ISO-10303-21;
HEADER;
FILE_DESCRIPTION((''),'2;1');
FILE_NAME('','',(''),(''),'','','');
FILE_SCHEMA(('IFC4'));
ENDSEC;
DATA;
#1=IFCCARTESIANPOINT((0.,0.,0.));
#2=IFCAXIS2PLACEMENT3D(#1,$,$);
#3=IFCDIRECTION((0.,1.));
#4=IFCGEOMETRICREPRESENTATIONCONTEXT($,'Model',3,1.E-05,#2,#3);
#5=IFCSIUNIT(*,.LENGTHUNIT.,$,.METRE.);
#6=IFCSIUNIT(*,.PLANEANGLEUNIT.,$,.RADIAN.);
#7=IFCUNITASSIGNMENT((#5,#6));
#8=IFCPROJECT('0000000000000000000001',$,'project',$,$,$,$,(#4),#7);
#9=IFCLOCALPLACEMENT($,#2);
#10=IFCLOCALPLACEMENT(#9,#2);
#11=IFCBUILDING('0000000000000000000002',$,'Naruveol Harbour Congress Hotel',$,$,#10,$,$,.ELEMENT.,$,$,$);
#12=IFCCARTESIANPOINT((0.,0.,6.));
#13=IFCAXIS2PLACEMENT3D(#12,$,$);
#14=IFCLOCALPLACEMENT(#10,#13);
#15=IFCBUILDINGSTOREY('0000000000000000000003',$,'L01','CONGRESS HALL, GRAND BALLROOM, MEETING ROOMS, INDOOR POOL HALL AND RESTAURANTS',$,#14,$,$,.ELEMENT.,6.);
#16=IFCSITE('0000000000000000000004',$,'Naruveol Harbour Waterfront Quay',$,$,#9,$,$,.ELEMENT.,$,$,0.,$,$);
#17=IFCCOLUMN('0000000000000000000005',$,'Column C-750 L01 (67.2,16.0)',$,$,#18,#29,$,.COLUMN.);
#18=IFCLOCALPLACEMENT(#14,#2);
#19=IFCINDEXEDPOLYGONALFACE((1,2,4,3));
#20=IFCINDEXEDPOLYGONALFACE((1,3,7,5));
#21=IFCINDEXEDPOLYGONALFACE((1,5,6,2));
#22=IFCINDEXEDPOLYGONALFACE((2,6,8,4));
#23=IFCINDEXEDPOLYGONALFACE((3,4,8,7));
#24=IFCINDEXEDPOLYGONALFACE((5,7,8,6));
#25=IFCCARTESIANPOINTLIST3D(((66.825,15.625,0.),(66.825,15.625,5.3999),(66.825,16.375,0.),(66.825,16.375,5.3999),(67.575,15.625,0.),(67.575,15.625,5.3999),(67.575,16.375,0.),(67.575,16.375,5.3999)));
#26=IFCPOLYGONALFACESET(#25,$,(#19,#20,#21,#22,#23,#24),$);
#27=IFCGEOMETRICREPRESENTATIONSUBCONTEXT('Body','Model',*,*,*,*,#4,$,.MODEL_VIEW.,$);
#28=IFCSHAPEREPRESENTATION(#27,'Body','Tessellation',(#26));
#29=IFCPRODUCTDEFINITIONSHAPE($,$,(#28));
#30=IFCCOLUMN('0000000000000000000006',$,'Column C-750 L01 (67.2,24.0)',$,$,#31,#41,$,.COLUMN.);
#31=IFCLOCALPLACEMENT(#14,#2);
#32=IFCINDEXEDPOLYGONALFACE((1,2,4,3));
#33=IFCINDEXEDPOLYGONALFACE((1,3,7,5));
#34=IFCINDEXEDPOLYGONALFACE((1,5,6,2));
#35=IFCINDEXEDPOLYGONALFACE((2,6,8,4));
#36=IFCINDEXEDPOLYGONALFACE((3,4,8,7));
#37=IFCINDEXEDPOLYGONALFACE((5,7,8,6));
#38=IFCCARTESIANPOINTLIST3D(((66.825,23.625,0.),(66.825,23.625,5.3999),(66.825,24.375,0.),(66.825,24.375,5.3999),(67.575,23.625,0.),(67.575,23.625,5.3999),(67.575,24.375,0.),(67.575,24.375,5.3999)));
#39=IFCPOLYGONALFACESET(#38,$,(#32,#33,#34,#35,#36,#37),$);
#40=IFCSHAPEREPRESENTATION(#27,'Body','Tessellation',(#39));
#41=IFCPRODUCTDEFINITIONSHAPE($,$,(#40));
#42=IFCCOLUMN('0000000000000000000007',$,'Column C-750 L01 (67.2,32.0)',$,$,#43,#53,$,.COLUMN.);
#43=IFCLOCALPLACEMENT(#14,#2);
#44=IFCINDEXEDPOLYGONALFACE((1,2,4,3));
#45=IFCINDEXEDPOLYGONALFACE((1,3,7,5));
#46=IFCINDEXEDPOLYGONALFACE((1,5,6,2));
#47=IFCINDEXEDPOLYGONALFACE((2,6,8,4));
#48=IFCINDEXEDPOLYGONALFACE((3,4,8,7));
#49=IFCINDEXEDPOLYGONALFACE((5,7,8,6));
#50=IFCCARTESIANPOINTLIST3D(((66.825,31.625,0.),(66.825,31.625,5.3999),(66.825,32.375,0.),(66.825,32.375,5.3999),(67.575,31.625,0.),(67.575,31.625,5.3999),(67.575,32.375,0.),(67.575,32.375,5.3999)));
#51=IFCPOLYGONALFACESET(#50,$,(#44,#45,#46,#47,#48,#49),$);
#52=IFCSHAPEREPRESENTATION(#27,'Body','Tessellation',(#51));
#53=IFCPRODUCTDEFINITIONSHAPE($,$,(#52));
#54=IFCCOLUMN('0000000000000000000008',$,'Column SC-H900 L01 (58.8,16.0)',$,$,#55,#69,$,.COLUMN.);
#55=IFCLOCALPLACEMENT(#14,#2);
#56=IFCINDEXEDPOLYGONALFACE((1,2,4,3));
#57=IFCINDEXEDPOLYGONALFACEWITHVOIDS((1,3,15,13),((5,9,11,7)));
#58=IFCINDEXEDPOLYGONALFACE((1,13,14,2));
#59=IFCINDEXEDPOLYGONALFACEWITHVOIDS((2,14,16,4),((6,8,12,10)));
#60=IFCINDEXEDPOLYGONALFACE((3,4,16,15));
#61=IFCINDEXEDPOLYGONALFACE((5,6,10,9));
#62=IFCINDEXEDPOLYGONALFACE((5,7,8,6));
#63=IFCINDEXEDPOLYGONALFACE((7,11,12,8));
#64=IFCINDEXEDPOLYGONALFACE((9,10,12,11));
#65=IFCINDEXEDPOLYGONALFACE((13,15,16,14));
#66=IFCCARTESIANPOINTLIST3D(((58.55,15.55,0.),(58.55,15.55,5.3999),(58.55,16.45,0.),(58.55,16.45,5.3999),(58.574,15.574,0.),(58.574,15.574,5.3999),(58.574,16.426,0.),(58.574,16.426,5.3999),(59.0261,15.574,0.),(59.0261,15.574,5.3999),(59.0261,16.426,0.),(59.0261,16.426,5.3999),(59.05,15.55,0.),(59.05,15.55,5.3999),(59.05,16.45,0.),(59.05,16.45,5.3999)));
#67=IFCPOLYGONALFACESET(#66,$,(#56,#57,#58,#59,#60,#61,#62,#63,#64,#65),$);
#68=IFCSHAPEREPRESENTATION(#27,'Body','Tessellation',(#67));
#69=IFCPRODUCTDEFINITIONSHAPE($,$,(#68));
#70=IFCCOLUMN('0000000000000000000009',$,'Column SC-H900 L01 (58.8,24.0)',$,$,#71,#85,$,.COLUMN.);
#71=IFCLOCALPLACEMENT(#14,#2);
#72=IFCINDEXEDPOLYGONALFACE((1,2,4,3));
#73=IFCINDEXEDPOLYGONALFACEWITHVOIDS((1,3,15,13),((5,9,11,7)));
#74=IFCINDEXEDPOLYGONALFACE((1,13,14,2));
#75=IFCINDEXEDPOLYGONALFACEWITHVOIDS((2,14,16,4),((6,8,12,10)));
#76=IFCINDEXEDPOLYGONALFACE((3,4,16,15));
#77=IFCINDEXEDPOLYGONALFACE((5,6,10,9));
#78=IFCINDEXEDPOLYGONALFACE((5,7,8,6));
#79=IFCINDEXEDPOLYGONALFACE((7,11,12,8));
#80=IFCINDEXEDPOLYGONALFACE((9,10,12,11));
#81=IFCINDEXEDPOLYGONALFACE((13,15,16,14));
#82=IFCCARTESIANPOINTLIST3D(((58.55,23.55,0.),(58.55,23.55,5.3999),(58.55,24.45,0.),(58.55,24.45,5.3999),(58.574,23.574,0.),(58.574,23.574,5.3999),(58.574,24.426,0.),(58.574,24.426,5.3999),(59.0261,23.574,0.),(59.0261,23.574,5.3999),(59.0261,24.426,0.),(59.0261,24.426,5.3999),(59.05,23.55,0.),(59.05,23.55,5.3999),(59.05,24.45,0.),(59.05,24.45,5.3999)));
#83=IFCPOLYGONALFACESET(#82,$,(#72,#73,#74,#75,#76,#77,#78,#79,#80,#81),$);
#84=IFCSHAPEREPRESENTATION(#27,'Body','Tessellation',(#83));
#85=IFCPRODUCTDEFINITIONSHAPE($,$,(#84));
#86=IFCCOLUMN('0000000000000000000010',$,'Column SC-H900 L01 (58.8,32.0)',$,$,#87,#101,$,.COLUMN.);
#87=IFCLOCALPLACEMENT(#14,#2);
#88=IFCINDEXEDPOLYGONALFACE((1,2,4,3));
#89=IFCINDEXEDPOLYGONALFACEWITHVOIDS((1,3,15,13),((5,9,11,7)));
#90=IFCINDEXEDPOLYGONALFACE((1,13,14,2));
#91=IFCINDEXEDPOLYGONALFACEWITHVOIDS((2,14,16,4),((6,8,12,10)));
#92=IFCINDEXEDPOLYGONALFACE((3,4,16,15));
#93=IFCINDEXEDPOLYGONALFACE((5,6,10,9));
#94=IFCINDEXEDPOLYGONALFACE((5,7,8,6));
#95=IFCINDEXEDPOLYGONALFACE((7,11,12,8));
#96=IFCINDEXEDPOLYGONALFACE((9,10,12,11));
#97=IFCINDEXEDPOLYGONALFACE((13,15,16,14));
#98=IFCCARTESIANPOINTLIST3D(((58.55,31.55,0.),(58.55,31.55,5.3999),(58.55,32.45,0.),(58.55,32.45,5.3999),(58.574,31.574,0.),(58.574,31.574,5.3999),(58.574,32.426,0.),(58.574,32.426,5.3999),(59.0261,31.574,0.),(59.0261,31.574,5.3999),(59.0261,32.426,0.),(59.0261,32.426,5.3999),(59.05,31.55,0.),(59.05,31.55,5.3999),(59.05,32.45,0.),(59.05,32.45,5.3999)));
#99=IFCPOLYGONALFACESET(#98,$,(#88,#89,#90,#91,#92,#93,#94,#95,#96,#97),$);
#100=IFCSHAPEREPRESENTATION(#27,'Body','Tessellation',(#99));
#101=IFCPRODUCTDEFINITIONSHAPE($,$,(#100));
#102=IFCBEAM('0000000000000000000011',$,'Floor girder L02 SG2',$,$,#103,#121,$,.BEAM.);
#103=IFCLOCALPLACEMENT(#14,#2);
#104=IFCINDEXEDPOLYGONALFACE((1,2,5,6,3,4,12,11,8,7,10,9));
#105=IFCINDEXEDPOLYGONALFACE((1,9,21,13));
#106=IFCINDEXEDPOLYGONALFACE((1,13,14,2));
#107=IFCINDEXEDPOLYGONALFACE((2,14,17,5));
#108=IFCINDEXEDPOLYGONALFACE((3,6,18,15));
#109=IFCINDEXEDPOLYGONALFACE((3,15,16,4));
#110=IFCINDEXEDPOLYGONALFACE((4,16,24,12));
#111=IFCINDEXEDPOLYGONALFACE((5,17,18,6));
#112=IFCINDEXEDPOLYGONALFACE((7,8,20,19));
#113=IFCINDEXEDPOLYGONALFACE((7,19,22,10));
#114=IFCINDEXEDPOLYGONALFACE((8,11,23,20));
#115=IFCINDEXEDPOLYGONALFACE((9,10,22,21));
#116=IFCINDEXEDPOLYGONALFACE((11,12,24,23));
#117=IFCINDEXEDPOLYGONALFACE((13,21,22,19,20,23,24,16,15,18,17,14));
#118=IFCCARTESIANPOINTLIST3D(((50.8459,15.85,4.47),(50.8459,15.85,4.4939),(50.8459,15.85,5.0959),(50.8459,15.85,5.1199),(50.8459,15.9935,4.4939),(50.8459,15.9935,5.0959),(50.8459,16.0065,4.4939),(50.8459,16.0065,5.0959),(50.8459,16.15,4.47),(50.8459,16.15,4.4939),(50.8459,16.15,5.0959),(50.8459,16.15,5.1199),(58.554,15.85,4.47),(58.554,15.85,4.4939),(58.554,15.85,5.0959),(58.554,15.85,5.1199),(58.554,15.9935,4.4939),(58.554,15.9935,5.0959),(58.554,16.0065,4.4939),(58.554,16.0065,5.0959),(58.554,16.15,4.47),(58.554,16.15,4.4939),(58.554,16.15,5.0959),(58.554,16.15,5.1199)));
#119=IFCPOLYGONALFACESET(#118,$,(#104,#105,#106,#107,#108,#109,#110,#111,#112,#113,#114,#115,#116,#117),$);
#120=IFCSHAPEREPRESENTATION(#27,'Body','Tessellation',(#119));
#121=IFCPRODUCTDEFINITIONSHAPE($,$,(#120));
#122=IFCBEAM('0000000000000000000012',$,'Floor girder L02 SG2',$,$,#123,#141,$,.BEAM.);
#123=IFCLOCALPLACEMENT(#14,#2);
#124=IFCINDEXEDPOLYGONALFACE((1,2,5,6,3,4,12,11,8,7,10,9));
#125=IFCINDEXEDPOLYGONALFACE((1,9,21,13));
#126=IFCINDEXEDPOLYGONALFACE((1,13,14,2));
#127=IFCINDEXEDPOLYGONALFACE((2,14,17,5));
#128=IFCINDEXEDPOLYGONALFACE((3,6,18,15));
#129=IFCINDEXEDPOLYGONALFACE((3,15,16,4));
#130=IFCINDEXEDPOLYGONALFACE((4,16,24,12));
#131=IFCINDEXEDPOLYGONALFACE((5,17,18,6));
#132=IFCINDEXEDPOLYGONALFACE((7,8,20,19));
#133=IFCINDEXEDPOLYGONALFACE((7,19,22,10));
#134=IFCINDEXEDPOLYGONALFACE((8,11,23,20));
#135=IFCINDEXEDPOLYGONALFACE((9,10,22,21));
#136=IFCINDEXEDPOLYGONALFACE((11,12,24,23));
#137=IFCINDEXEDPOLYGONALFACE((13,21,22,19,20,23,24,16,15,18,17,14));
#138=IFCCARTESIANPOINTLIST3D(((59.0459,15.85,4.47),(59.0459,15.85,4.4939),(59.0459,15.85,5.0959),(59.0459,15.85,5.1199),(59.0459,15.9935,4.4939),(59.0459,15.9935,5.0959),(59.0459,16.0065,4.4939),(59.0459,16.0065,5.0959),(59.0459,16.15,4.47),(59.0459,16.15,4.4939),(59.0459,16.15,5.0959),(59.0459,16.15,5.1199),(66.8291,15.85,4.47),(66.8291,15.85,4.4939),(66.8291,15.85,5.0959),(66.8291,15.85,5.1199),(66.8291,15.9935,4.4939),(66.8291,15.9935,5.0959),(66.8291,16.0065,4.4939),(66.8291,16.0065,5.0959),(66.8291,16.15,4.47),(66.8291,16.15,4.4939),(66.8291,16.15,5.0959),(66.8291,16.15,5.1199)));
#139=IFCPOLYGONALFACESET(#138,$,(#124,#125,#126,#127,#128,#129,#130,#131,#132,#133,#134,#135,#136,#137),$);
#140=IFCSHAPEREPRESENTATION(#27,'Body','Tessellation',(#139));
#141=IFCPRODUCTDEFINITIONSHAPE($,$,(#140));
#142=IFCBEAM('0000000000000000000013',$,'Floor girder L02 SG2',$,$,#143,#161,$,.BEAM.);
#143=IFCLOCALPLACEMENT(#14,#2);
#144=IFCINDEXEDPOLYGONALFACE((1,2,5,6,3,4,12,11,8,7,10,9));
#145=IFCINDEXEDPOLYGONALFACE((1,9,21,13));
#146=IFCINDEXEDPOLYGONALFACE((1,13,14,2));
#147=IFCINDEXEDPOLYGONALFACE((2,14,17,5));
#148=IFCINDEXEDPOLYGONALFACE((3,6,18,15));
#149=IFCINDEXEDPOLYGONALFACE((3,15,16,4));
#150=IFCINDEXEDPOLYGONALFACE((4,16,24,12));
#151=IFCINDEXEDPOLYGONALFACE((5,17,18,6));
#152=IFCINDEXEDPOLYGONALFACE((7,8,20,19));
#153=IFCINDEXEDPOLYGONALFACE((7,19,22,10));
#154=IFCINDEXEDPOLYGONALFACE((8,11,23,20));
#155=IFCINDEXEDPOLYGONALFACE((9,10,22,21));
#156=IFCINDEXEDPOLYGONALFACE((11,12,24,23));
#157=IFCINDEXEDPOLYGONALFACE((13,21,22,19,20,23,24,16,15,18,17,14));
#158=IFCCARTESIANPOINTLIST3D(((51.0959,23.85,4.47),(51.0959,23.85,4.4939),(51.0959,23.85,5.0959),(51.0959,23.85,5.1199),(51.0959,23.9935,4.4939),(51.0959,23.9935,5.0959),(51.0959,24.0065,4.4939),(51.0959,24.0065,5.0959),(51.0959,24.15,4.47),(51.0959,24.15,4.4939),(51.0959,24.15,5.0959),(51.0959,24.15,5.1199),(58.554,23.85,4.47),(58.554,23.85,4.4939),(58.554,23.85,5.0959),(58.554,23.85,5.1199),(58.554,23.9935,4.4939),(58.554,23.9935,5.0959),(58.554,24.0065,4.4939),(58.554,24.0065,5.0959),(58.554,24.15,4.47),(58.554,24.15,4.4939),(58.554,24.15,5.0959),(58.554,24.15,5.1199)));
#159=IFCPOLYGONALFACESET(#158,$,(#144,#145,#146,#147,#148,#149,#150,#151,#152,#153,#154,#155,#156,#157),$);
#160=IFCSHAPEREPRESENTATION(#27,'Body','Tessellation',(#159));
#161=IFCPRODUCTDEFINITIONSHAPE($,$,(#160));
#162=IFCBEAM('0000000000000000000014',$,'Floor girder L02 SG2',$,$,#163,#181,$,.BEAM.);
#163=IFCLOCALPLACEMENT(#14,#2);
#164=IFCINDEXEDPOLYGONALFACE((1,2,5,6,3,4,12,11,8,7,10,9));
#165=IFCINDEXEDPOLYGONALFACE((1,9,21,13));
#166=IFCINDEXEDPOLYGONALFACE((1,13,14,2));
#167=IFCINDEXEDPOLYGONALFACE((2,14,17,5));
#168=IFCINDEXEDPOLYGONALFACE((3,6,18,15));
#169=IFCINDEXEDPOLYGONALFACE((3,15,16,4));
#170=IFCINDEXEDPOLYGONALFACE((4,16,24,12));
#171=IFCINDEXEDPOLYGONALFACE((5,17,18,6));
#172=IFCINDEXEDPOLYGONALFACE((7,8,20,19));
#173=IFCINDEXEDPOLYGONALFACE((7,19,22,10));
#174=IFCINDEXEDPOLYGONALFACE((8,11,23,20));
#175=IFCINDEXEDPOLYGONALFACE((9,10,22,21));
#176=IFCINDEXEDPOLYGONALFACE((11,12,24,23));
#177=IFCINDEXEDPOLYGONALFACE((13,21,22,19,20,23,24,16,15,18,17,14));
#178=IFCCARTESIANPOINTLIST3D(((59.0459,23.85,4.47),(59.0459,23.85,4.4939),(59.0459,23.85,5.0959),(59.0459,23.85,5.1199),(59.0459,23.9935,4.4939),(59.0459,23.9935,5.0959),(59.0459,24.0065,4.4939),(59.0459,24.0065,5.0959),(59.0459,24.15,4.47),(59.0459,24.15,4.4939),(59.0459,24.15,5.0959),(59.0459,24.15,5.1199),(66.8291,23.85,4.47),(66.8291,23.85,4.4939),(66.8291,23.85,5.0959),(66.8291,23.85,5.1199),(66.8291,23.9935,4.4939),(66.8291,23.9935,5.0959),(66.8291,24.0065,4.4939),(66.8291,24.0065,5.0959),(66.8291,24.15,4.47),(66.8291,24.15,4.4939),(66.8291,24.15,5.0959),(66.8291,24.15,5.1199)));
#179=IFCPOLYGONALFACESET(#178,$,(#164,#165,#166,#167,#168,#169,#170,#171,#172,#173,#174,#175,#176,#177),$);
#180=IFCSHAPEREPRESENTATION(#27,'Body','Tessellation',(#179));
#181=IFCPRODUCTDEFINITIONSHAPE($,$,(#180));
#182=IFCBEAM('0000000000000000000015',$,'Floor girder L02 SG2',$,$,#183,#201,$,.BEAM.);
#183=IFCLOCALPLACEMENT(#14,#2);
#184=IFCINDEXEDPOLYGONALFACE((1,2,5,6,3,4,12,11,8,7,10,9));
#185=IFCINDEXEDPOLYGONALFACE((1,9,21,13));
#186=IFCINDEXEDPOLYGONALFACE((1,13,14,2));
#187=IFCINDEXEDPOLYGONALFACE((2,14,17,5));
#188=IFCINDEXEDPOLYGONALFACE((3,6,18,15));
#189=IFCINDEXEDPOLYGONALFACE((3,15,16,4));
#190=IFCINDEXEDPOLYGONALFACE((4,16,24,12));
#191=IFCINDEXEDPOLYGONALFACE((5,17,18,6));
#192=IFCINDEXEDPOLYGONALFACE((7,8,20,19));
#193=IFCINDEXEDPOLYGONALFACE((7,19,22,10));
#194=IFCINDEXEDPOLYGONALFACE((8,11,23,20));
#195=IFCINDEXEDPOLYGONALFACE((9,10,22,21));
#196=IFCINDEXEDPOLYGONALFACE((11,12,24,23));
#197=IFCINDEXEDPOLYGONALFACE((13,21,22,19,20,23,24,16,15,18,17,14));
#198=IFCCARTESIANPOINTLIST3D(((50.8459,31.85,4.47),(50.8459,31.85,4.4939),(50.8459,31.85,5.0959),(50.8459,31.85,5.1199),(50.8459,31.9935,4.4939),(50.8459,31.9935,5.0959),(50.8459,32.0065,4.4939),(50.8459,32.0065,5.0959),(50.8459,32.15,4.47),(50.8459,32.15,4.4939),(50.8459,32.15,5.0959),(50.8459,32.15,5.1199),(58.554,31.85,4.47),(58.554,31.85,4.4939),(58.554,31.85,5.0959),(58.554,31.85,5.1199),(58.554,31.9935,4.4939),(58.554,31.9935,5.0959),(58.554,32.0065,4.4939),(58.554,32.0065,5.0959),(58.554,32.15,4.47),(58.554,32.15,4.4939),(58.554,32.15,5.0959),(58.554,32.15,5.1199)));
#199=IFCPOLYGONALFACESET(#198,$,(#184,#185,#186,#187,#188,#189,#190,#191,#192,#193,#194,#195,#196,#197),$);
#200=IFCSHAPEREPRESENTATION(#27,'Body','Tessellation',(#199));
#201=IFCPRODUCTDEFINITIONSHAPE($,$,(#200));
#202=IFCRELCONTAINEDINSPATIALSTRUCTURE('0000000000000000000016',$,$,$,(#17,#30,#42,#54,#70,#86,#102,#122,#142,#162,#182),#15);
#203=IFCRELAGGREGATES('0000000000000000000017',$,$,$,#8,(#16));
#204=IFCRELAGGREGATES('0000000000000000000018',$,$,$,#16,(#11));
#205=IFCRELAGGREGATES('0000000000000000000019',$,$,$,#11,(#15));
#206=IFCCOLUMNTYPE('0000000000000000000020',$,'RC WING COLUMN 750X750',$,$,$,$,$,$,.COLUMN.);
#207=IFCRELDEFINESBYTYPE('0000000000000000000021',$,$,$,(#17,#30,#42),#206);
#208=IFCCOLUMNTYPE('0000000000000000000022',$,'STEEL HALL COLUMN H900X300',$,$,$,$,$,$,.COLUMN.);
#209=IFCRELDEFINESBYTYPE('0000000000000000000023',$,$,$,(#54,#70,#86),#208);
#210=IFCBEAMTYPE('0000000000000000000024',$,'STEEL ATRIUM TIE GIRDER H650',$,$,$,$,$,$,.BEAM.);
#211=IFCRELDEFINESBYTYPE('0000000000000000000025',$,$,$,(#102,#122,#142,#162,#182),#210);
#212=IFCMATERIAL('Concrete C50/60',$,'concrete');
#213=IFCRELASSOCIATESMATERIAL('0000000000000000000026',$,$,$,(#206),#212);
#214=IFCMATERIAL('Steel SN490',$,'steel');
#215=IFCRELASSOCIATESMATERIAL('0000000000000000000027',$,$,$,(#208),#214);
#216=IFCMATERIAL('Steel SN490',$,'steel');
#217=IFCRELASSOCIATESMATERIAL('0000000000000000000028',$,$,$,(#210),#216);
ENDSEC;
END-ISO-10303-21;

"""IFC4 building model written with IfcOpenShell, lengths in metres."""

from ifc_helpers import new_model, si_unit, direction, frame, origin, origin_2d, place, context, subcontext, project, spatial, rectangle, hollow_rectangle, i_section, extrude, material, material_profile, profile_set, type_object, element, save


model = new_model("IFC4")

# Units and contexts
model_context = context("Model", 3, precision=1e-05, world=origin(), true_north=direction((0.0, 1.0)))
body_context = subcontext(model_context, "Body", "Model", "MODEL_VIEW")
ifc_project = project(units=[si_unit("LENGTHUNIT", "METRE"), si_unit("PLANEANGLEUNIT", "RADIAN")], contexts=[model_context])

# Site, building, storey
site_placement = place(None, origin())
site = spatial("IfcSite", under=ifc_project, at=site_placement, Name="Naruveol Harbour Waterfront Quay", CompositionType="ELEMENT", RefElevation=0.0)
building_placement = place(site_placement, origin())
building = spatial("IfcBuilding", under=site, at=building_placement, Name="Naruveol Harbour Congress Hotel", CompositionType="ELEMENT")
storey_placement = place(building_placement, frame((0.0, 0.0, 6.0)))
storey = spatial("IfcBuildingStorey", under=building, at=storey_placement, Name="L01", Description="CONGRESS HALL, GRAND BALLROOM, MEETING ROOMS, INDOOR POOL HALL AND RESTAURANTS", CompositionType="ELEMENT", Elevation=6.0)

# Columns
ifc_material_1 = material(Name="Concrete C50/60", Category="concrete")
ifc_material_profile_1 = material_profile(ifc_material_1, rectangle(XDim=0.75, YDim=0.75, at=origin_2d()), Name="RC-750x750")
ifc_profile_set_1 = profile_set([ifc_material_profile_1], Name="Concrete C50/60")
column_type_1 = type_object("IfcColumnType", Name="RC WING COLUMN 750X750", PredefinedType="COLUMN", material=ifc_profile_set_1)
for number, where, z_axis, x_axis, name in (
    (1, (67.2, 16.0, 0.0), (0.0, 0.0, 1.0), (1.0, 0.0, 0.0), "Column C-750 L01 (67.2,16.0)"),
    (2, (67.2, 24.0, 0.0), (0.0, 0.0, 1.0), (1.0, 0.0, 0.0), "Column C-750 L01 (67.2,24.0)"),
    (3, (67.2, 32.0, 0.0), (0.0, 0.0, 1.0), (1.0, 0.0, 0.0), "Column C-750 L01 (67.2,32.0)"),
):
    element("IfcColumn", number, at=place(storey_placement, frame(where, z_axis=z_axis, x_axis=x_axis)), inside=storey, type_object=column_type_1, Name=name, PredefinedType="COLUMN", context=body_context, shape_type="SweptSolid", body=[
        extrude(rectangle(XDim=0.75, YDim=0.75, at=origin_2d()), origin(), (0.0, 0.0, 1.0), 5.3999),
    ])
ifc_material_2 = material(Name="Steel SN490", Category="steel")
ifc_material_profile_2 = material_profile(ifc_material_2, hollow_rectangle(XDim=0.5, YDim=0.8999, WallThickness=0.0239, at=origin_2d()), Name="RHS-900x500x24")
ifc_profile_set_2 = profile_set([ifc_material_profile_2], Name="Steel SN490")
column_type_2 = type_object("IfcColumnType", Name="STEEL HALL COLUMN H900X300", PredefinedType="COLUMN", material=ifc_profile_set_2)
for number, where, z_axis, x_axis, name in (
    (4, (58.8, 16.0, 0.0), (0.0, 0.0, 1.0), (1.0, 0.0, 0.0), "Column SC-H900 L01 (58.8,16.0)"),
    (5, (58.8, 24.0, 0.0), (0.0, 0.0, 1.0), (1.0, 0.0, 0.0), "Column SC-H900 L01 (58.8,24.0)"),
    (6, (58.8, 32.0, 0.0), (0.0, 0.0, 1.0), (1.0, 0.0, 0.0), "Column SC-H900 L01 (58.8,32.0)"),
):
    element("IfcColumn", number, at=place(storey_placement, frame(where, z_axis=z_axis, x_axis=x_axis)), inside=storey, type_object=column_type_2, Name=name, PredefinedType="COLUMN", context=body_context, shape_type="SweptSolid", body=[
        extrude(hollow_rectangle(XDim=0.5, YDim=0.8999, WallThickness=0.0239, at=origin_2d()), origin(), (0.0, 0.0, 1.0), 5.3999),
    ])

# Beams
ifc_material_3 = material(Name="Steel SN490", Category="steel")
ifc_material_profile_3 = material_profile(ifc_material_3, i_section(OverallWidth=0.3, OverallDepth=0.6499, WebThickness=0.0129, FlangeThickness=0.0239, at=origin_2d()), Name="H-650x300x13x24")
ifc_profile_set_3 = profile_set([ifc_material_profile_3], Name="Steel SN490")
beam_type_1 = type_object("IfcBeamType", Name="STEEL ATRIUM TIE GIRDER H650", PredefinedType="BEAM", material=ifc_profile_set_3)
beam_1_placement = place(storey_placement, frame((50.8459, 16.0, 4.7949), z_axis=(1.0, 0.0, 0.0), x_axis=(0.0, 1.0, 0.0)))
element("IfcBeam", 7, at=beam_1_placement, inside=storey, type_object=beam_type_1, Name="Floor girder L02 SG2", PredefinedType="BEAM", context=body_context, shape_type="SweptSolid", body=[
    extrude(i_section(OverallWidth=0.3, OverallDepth=0.6499, WebThickness=0.0129, FlangeThickness=0.0239, at=origin_2d()), origin(), (0.0, 0.0, 1.0), 7.708),
])
beam_2_placement = place(storey_placement, frame((59.0459, 16.0, 4.7949), z_axis=(1.0, 0.0, 0.0), x_axis=(0.0, 1.0, 0.0)))
element("IfcBeam", 8, at=beam_2_placement, inside=storey, type_object=beam_type_1, Name="Floor girder L02 SG2", PredefinedType="BEAM", context=body_context, shape_type="SweptSolid", body=[
    extrude(i_section(OverallWidth=0.3, OverallDepth=0.6499, WebThickness=0.0129, FlangeThickness=0.0239, at=origin_2d()), origin(), (0.0, 0.0, 1.0), 7.7832),
])
beam_3_placement = place(storey_placement, frame((51.0959, 24.0, 4.7949), z_axis=(1.0, 0.0, 0.0), x_axis=(0.0, 1.0, 0.0)))
element("IfcBeam", 9, at=beam_3_placement, inside=storey, type_object=beam_type_1, Name="Floor girder L02 SG2", PredefinedType="BEAM", context=body_context, shape_type="SweptSolid", body=[
    extrude(i_section(OverallWidth=0.3, OverallDepth=0.6499, WebThickness=0.0129, FlangeThickness=0.0239, at=origin_2d()), origin(), (0.0, 0.0, 1.0), 7.458),
])
beam_4_placement = place(storey_placement, frame((59.0459, 24.0, 4.7949), z_axis=(1.0, 0.0, 0.0), x_axis=(0.0, 1.0, 0.0)))
element("IfcBeam", 10, at=beam_4_placement, inside=storey, type_object=beam_type_1, Name="Floor girder L02 SG2", PredefinedType="BEAM", context=body_context, shape_type="SweptSolid", body=[
    extrude(i_section(OverallWidth=0.3, OverallDepth=0.6499, WebThickness=0.0129, FlangeThickness=0.0239, at=origin_2d()), origin(), (0.0, 0.0, 1.0), 7.7832),
])
beam_5_placement = place(storey_placement, frame((50.8459, 32.0, 4.7949), z_axis=(1.0, 0.0, 0.0), x_axis=(0.0, 1.0, 0.0)))
element("IfcBeam", 11, at=beam_5_placement, inside=storey, type_object=beam_type_1, Name="Floor girder L02 SG2", PredefinedType="BEAM", context=body_context, shape_type="SweptSolid", body=[
    extrude(i_section(OverallWidth=0.3, OverallDepth=0.6499, WebThickness=0.0129, FlangeThickness=0.0239, at=origin_2d()), origin(), (0.0, 0.0, 1.0), 7.708),
])

save(model, "model.ifc")
